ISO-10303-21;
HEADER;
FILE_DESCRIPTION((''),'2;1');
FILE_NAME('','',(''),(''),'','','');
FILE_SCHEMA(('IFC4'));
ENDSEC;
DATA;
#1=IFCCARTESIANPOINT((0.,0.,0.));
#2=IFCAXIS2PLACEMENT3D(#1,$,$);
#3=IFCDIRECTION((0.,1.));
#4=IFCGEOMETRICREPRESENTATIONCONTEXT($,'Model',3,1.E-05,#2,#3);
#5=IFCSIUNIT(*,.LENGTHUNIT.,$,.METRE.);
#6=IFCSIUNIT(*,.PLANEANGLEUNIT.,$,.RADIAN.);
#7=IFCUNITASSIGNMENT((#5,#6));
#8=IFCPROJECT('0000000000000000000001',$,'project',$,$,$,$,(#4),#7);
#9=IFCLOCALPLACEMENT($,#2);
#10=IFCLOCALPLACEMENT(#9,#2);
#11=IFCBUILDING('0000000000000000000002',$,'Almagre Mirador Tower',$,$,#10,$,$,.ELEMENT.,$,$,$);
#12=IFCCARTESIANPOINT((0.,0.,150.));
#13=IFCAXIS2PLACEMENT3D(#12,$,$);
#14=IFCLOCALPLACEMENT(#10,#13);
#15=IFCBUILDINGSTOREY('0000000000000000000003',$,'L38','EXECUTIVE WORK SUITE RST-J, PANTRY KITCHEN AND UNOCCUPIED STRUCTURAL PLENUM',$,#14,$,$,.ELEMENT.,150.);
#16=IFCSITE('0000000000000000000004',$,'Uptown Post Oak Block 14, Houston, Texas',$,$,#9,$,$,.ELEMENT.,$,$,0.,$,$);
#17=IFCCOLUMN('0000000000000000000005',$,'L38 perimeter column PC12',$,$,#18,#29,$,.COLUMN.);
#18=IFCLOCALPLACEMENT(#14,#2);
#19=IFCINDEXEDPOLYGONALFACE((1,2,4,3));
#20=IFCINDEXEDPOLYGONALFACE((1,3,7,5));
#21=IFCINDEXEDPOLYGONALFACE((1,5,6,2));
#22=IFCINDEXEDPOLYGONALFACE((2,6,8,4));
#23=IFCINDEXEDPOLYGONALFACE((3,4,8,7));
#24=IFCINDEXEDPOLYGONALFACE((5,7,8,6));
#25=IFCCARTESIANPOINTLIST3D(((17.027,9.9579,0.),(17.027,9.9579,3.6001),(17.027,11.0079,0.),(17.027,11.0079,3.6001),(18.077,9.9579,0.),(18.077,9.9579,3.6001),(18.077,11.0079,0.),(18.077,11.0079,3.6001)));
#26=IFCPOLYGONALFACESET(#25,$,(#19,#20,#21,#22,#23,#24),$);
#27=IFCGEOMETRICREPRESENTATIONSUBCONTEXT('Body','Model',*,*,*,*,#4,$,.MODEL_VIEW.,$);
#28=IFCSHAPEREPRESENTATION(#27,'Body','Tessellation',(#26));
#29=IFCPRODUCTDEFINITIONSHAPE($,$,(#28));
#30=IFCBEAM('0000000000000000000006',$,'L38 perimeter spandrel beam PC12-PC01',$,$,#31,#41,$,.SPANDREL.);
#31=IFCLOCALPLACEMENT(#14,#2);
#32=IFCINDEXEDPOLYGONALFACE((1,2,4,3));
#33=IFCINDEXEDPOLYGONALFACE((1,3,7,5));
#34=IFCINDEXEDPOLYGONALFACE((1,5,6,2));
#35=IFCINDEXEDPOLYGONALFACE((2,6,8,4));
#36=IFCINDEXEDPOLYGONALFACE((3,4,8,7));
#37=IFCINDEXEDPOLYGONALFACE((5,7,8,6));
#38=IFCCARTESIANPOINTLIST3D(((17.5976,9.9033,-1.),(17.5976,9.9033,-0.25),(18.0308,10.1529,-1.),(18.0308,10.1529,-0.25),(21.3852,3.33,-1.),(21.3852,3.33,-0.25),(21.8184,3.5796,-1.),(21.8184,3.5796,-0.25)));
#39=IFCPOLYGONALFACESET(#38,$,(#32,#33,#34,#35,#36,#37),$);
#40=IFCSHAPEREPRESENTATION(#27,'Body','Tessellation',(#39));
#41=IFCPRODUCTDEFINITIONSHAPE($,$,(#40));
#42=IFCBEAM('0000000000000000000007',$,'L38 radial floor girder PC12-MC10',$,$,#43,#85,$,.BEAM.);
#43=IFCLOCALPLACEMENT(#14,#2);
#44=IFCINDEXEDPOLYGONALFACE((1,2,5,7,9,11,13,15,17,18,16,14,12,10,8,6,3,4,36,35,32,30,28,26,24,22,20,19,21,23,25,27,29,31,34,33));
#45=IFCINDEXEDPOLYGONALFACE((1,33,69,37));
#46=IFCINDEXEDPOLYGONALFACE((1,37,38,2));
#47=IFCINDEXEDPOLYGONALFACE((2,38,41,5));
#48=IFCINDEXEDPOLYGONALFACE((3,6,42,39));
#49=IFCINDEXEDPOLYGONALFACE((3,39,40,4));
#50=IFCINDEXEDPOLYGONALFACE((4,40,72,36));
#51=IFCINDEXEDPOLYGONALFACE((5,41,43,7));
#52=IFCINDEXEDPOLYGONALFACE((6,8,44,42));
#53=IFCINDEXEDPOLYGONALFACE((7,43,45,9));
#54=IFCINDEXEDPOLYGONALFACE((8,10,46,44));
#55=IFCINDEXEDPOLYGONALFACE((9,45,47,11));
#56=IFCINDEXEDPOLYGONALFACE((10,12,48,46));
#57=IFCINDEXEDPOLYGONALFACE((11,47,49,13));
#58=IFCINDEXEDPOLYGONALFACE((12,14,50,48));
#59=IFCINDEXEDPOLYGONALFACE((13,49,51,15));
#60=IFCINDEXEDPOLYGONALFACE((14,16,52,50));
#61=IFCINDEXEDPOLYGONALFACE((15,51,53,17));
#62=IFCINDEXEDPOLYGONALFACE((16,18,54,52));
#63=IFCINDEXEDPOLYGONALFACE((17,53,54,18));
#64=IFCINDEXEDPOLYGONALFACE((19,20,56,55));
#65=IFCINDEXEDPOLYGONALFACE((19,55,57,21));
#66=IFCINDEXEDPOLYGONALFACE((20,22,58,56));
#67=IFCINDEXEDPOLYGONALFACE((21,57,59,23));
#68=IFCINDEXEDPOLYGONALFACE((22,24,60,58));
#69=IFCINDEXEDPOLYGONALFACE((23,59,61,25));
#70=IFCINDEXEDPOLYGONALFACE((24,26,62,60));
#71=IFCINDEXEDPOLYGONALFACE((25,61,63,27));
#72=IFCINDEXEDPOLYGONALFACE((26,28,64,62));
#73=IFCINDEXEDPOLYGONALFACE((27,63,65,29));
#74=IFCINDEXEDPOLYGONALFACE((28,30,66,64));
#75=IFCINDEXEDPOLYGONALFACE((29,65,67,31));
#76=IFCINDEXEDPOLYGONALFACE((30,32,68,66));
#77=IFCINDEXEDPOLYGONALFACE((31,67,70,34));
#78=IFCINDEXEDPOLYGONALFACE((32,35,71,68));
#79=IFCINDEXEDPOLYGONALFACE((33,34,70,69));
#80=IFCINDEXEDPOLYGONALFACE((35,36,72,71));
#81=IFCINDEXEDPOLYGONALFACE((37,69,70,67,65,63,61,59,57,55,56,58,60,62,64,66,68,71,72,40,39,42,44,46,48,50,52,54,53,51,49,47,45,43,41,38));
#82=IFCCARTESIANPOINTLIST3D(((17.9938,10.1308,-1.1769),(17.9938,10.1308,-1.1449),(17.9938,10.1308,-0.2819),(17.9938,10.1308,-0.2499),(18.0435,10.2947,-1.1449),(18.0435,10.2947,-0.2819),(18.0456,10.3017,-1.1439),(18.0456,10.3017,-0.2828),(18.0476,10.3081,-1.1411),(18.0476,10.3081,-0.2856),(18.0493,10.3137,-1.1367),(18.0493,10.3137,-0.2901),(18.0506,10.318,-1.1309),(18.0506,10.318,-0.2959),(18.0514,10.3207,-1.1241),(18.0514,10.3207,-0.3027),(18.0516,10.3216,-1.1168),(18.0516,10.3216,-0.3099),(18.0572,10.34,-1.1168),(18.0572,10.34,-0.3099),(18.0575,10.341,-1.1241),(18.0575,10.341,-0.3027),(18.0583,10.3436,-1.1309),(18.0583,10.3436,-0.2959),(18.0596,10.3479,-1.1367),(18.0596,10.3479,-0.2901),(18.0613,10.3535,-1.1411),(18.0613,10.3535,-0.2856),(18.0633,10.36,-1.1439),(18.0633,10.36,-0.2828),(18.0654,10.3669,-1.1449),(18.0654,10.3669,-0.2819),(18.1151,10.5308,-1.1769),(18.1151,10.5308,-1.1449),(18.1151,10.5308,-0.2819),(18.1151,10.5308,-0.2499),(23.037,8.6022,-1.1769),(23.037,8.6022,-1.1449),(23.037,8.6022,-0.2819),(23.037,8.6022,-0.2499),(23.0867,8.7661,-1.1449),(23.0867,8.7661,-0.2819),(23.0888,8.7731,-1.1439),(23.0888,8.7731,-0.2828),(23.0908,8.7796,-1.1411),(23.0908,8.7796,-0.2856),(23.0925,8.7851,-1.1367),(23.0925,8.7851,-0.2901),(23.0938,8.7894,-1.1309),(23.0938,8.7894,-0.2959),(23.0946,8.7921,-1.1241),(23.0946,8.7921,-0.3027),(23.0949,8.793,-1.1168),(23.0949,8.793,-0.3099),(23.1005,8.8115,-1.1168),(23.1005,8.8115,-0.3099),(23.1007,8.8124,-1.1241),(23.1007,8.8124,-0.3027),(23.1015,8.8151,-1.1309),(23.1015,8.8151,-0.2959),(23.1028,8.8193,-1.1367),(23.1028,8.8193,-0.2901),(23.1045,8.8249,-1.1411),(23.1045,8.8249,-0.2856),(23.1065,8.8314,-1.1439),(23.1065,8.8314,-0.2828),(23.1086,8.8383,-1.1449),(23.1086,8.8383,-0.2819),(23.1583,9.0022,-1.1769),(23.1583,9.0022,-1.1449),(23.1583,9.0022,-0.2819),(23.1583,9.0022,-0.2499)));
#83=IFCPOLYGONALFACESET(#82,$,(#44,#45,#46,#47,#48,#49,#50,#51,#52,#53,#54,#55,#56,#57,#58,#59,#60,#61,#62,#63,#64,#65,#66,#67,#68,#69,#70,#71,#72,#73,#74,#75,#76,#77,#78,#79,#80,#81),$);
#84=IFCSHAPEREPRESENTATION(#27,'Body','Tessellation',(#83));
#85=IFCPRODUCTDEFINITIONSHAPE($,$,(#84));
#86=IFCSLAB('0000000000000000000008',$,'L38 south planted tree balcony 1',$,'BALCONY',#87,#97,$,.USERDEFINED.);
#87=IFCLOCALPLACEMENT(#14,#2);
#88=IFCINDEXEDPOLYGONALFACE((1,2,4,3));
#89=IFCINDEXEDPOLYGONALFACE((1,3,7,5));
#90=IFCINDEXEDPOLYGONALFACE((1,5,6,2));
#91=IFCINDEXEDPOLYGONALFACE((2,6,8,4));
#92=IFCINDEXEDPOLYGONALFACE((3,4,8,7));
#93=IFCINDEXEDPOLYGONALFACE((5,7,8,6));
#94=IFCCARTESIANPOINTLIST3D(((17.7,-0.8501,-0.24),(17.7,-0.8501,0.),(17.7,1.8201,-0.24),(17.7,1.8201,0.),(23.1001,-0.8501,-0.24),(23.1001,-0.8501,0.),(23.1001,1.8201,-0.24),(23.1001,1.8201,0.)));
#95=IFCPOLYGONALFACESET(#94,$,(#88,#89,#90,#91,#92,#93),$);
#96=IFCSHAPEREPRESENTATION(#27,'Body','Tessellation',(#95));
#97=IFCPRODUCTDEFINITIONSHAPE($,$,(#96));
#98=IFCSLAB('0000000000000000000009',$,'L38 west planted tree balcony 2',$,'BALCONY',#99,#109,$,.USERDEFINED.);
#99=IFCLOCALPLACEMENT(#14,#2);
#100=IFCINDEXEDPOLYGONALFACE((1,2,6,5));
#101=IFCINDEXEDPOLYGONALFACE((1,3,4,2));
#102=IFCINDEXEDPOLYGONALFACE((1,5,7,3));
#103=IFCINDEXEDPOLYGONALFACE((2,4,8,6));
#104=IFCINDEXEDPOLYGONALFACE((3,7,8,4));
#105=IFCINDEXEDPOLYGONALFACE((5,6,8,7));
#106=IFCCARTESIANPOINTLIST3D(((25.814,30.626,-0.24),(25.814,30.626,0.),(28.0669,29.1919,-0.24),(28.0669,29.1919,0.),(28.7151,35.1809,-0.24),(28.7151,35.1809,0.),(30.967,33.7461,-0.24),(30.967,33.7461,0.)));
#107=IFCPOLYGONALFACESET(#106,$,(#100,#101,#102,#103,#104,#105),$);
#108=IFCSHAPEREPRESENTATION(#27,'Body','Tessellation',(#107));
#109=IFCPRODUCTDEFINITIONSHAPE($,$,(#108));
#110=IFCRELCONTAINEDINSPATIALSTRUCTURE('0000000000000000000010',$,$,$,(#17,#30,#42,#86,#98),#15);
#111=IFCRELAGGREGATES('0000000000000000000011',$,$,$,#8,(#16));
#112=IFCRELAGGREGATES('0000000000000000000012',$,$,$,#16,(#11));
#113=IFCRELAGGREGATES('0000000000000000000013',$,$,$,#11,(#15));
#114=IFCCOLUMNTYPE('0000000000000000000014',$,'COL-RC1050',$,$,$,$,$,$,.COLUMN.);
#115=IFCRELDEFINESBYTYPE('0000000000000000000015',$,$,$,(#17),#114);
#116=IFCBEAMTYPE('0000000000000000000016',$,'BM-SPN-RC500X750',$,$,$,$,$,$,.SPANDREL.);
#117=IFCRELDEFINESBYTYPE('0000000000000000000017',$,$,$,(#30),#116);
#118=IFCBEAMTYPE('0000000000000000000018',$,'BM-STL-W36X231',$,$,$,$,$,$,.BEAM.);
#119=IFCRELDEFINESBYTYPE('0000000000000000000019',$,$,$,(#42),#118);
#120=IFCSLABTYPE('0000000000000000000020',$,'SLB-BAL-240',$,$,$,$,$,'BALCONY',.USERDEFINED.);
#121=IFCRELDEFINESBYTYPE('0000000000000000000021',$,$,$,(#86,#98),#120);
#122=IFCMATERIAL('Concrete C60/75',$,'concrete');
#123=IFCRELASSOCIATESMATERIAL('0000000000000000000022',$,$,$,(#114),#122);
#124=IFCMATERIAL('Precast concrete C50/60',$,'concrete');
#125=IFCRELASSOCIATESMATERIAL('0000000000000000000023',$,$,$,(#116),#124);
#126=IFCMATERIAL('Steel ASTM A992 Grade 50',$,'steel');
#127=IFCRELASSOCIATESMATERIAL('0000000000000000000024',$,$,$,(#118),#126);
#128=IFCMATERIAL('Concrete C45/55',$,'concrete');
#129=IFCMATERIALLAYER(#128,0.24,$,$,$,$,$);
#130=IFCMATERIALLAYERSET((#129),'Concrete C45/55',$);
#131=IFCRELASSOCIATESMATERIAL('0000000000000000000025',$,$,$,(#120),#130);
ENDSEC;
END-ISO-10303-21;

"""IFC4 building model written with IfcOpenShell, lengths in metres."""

from ifc_helpers import new_model, si_unit, direction, frame, origin, origin_2d, place, context, subcontext, project, spatial, polyline, rectangle, i_section, outline, extrude, material, layer, layer_set, material_profile, profile_set, type_object, element, save


model = new_model("IFC4")

# Units and contexts
model_context = context("Model", 3, precision=1e-05, world=origin(), true_north=direction((0.0, 1.0)))
body_context = subcontext(model_context, "Body", "Model", "MODEL_VIEW")
ifc_project = project(units=[si_unit("LENGTHUNIT", "METRE"), si_unit("PLANEANGLEUNIT", "RADIAN")], contexts=[model_context])

# Site, building, storey
site_placement = place(None, origin())
site = spatial("IfcSite", under=ifc_project, at=site_placement, Name="Uptown Post Oak Block 14, Houston, Texas", CompositionType="ELEMENT", RefElevation=0.0)
building_placement = place(site_placement, origin())
building = spatial("IfcBuilding", under=site, at=building_placement, Name="Almagre Mirador Tower", CompositionType="ELEMENT")
storey_placement = place(building_placement, frame((0.0, 0.0, 150.0)))
storey = spatial("IfcBuildingStorey", under=building, at=storey_placement, Name="L38", Description="EXECUTIVE WORK SUITE RST-J, PANTRY KITCHEN AND UNOCCUPIED STRUCTURAL PLENUM", CompositionType="ELEMENT", Elevation=150.0)

# Column
ifc_material_1 = material(Name="Concrete C60/75", Category="concrete")
ifc_material_profile_1 = material_profile(ifc_material_1, rectangle(XDim=1.05, YDim=1.05, at=origin_2d()), Name="RC1050X1050")
ifc_profile_set_1 = profile_set([ifc_material_profile_1], Name="Concrete C60/75")
column_type = type_object("IfcColumnType", Name="COL-RC1050", PredefinedType="COLUMN", material=ifc_profile_set_1)
column_placement = place(storey_placement, frame((17.552, 10.4829, 0.0), z_axis=(0.0, 0.0, 1.0), x_axis=(1.0, 0.0, 0.0)))
element("IfcColumn", 1, at=column_placement, inside=storey, type_object=column_type, Name="L38 perimeter column PC12", PredefinedType="COLUMN", context=body_context, shape_type="SweptSolid", body=[
    extrude(rectangle(XDim=1.05, YDim=1.05, at=origin_2d()), origin(), (0.0, 0.0, 1.0), 3.6001),
])

# Beams
ifc_material_2 = material(Name="Precast concrete C50/60", Category="concrete")
ifc_material_profile_2 = material_profile(ifc_material_2, rectangle(XDim=0.5, YDim=0.75, at=origin_2d()), Name="RC500X750")
ifc_profile_set_2 = profile_set([ifc_material_profile_2], Name="Precast concrete C50/60")
beam_type_1 = type_object("IfcBeamType", Name="BM-SPN-RC500X750", PredefinedType="SPANDREL", material=ifc_profile_set_2)
beam_1_placement = place(storey_placement, frame((17.8142, 10.0281, -0.625), z_axis=(0.499262, -0.866451, 0.0), x_axis=(0.866451, 0.499262, 0.0)))
element("IfcBeam", 2, at=beam_1_placement, inside=storey, type_object=beam_type_1, Name="L38 perimeter spandrel beam PC12-PC01", PredefinedType="SPANDREL", context=body_context, shape_type="SweptSolid", body=[
    extrude(rectangle(XDim=0.5, YDim=0.75, at=origin_2d()), origin(), (0.0, 0.0, 1.0), 7.5864),
])
ifc_material_3 = material(Name="Steel ASTM A992 Grade 50", Category="steel")
ifc_material_profile_3 = material_profile(ifc_material_3, i_section(OverallWidth=0.418, OverallDepth=0.927, WebThickness=0.0193, FlangeThickness=0.032, FilletRadius=0.0281, at=origin_2d()), Name="W36X231")
ifc_profile_set_3 = profile_set([ifc_material_profile_3], Name="Steel ASTM A992 Grade 50")
beam_type_2 = type_object("IfcBeamType", Name="BM-STL-W36X231", PredefinedType="BEAM", material=ifc_profile_set_3)
beam_2_placement = place(storey_placement, frame((18.0544, 10.3308, -0.7134), z_axis=(0.957008, -0.290063, 0.0), x_axis=(0.290063, 0.957008, 0.0)))
element("IfcBeam", 3, at=beam_2_placement, inside=storey, type_object=beam_type_2, Name="L38 radial floor girder PC12-MC10", PredefinedType="BEAM", context=body_context, shape_type="SweptSolid", body=[
    extrude(i_section(OverallWidth=0.418, OverallDepth=0.927, WebThickness=0.0193, FlangeThickness=0.032, FilletRadius=0.0281, at=origin_2d()), origin(), (0.0, 0.0, 1.0), 5.2698),
])

# Slabs
ifc_material_4 = material(Name="Concrete C45/55", Category="concrete")
ifc_layer_1 = layer(ifc_material_4, 0.24)
ifc_layer_set_1 = layer_set([ifc_layer_1], Name="Concrete C45/55")
slab_type_1 = type_object("IfcSlabType", Name="SLB-BAL-240", ElementType="BALCONY", PredefinedType="USERDEFINED", material=ifc_layer_set_1)
slab_1_placement = place(storey_placement, frame((0.0, 0.0, -0.24)))
element("IfcSlab", 4, at=slab_1_placement, inside=storey, type_object=slab_type_1, Name="L38 south planted tree balcony 1", ObjectType="BALCONY", PredefinedType="USERDEFINED", context=body_context, shape_type="SweptSolid", body=[
    extrude(outline(polyline([(17.7, 1.8201), (23.1001, 1.8201), (23.1001, -0.8501), (17.7, -0.8501), (17.7, 1.8201)])), origin(), (0.0, 0.0, 1.0), 0.24),
])
slab_2_placement = place(storey_placement, frame((0.0, 0.0, -0.24)))
element("IfcSlab", 5, at=slab_2_placement, inside=storey, type_object=slab_type_1, Name="L38 west planted tree balcony 2", ObjectType="BALCONY", PredefinedType="USERDEFINED", context=body_context, shape_type="SweptSolid", body=[
    extrude(outline(polyline([(30.967, 33.7461), (28.0669, 29.1919), (25.814, 30.626), (28.7151, 35.1809), (30.967, 33.7461)])), origin(), (0.0, 0.0, 1.0), 0.24),
])

save(model, "model.ifc")
